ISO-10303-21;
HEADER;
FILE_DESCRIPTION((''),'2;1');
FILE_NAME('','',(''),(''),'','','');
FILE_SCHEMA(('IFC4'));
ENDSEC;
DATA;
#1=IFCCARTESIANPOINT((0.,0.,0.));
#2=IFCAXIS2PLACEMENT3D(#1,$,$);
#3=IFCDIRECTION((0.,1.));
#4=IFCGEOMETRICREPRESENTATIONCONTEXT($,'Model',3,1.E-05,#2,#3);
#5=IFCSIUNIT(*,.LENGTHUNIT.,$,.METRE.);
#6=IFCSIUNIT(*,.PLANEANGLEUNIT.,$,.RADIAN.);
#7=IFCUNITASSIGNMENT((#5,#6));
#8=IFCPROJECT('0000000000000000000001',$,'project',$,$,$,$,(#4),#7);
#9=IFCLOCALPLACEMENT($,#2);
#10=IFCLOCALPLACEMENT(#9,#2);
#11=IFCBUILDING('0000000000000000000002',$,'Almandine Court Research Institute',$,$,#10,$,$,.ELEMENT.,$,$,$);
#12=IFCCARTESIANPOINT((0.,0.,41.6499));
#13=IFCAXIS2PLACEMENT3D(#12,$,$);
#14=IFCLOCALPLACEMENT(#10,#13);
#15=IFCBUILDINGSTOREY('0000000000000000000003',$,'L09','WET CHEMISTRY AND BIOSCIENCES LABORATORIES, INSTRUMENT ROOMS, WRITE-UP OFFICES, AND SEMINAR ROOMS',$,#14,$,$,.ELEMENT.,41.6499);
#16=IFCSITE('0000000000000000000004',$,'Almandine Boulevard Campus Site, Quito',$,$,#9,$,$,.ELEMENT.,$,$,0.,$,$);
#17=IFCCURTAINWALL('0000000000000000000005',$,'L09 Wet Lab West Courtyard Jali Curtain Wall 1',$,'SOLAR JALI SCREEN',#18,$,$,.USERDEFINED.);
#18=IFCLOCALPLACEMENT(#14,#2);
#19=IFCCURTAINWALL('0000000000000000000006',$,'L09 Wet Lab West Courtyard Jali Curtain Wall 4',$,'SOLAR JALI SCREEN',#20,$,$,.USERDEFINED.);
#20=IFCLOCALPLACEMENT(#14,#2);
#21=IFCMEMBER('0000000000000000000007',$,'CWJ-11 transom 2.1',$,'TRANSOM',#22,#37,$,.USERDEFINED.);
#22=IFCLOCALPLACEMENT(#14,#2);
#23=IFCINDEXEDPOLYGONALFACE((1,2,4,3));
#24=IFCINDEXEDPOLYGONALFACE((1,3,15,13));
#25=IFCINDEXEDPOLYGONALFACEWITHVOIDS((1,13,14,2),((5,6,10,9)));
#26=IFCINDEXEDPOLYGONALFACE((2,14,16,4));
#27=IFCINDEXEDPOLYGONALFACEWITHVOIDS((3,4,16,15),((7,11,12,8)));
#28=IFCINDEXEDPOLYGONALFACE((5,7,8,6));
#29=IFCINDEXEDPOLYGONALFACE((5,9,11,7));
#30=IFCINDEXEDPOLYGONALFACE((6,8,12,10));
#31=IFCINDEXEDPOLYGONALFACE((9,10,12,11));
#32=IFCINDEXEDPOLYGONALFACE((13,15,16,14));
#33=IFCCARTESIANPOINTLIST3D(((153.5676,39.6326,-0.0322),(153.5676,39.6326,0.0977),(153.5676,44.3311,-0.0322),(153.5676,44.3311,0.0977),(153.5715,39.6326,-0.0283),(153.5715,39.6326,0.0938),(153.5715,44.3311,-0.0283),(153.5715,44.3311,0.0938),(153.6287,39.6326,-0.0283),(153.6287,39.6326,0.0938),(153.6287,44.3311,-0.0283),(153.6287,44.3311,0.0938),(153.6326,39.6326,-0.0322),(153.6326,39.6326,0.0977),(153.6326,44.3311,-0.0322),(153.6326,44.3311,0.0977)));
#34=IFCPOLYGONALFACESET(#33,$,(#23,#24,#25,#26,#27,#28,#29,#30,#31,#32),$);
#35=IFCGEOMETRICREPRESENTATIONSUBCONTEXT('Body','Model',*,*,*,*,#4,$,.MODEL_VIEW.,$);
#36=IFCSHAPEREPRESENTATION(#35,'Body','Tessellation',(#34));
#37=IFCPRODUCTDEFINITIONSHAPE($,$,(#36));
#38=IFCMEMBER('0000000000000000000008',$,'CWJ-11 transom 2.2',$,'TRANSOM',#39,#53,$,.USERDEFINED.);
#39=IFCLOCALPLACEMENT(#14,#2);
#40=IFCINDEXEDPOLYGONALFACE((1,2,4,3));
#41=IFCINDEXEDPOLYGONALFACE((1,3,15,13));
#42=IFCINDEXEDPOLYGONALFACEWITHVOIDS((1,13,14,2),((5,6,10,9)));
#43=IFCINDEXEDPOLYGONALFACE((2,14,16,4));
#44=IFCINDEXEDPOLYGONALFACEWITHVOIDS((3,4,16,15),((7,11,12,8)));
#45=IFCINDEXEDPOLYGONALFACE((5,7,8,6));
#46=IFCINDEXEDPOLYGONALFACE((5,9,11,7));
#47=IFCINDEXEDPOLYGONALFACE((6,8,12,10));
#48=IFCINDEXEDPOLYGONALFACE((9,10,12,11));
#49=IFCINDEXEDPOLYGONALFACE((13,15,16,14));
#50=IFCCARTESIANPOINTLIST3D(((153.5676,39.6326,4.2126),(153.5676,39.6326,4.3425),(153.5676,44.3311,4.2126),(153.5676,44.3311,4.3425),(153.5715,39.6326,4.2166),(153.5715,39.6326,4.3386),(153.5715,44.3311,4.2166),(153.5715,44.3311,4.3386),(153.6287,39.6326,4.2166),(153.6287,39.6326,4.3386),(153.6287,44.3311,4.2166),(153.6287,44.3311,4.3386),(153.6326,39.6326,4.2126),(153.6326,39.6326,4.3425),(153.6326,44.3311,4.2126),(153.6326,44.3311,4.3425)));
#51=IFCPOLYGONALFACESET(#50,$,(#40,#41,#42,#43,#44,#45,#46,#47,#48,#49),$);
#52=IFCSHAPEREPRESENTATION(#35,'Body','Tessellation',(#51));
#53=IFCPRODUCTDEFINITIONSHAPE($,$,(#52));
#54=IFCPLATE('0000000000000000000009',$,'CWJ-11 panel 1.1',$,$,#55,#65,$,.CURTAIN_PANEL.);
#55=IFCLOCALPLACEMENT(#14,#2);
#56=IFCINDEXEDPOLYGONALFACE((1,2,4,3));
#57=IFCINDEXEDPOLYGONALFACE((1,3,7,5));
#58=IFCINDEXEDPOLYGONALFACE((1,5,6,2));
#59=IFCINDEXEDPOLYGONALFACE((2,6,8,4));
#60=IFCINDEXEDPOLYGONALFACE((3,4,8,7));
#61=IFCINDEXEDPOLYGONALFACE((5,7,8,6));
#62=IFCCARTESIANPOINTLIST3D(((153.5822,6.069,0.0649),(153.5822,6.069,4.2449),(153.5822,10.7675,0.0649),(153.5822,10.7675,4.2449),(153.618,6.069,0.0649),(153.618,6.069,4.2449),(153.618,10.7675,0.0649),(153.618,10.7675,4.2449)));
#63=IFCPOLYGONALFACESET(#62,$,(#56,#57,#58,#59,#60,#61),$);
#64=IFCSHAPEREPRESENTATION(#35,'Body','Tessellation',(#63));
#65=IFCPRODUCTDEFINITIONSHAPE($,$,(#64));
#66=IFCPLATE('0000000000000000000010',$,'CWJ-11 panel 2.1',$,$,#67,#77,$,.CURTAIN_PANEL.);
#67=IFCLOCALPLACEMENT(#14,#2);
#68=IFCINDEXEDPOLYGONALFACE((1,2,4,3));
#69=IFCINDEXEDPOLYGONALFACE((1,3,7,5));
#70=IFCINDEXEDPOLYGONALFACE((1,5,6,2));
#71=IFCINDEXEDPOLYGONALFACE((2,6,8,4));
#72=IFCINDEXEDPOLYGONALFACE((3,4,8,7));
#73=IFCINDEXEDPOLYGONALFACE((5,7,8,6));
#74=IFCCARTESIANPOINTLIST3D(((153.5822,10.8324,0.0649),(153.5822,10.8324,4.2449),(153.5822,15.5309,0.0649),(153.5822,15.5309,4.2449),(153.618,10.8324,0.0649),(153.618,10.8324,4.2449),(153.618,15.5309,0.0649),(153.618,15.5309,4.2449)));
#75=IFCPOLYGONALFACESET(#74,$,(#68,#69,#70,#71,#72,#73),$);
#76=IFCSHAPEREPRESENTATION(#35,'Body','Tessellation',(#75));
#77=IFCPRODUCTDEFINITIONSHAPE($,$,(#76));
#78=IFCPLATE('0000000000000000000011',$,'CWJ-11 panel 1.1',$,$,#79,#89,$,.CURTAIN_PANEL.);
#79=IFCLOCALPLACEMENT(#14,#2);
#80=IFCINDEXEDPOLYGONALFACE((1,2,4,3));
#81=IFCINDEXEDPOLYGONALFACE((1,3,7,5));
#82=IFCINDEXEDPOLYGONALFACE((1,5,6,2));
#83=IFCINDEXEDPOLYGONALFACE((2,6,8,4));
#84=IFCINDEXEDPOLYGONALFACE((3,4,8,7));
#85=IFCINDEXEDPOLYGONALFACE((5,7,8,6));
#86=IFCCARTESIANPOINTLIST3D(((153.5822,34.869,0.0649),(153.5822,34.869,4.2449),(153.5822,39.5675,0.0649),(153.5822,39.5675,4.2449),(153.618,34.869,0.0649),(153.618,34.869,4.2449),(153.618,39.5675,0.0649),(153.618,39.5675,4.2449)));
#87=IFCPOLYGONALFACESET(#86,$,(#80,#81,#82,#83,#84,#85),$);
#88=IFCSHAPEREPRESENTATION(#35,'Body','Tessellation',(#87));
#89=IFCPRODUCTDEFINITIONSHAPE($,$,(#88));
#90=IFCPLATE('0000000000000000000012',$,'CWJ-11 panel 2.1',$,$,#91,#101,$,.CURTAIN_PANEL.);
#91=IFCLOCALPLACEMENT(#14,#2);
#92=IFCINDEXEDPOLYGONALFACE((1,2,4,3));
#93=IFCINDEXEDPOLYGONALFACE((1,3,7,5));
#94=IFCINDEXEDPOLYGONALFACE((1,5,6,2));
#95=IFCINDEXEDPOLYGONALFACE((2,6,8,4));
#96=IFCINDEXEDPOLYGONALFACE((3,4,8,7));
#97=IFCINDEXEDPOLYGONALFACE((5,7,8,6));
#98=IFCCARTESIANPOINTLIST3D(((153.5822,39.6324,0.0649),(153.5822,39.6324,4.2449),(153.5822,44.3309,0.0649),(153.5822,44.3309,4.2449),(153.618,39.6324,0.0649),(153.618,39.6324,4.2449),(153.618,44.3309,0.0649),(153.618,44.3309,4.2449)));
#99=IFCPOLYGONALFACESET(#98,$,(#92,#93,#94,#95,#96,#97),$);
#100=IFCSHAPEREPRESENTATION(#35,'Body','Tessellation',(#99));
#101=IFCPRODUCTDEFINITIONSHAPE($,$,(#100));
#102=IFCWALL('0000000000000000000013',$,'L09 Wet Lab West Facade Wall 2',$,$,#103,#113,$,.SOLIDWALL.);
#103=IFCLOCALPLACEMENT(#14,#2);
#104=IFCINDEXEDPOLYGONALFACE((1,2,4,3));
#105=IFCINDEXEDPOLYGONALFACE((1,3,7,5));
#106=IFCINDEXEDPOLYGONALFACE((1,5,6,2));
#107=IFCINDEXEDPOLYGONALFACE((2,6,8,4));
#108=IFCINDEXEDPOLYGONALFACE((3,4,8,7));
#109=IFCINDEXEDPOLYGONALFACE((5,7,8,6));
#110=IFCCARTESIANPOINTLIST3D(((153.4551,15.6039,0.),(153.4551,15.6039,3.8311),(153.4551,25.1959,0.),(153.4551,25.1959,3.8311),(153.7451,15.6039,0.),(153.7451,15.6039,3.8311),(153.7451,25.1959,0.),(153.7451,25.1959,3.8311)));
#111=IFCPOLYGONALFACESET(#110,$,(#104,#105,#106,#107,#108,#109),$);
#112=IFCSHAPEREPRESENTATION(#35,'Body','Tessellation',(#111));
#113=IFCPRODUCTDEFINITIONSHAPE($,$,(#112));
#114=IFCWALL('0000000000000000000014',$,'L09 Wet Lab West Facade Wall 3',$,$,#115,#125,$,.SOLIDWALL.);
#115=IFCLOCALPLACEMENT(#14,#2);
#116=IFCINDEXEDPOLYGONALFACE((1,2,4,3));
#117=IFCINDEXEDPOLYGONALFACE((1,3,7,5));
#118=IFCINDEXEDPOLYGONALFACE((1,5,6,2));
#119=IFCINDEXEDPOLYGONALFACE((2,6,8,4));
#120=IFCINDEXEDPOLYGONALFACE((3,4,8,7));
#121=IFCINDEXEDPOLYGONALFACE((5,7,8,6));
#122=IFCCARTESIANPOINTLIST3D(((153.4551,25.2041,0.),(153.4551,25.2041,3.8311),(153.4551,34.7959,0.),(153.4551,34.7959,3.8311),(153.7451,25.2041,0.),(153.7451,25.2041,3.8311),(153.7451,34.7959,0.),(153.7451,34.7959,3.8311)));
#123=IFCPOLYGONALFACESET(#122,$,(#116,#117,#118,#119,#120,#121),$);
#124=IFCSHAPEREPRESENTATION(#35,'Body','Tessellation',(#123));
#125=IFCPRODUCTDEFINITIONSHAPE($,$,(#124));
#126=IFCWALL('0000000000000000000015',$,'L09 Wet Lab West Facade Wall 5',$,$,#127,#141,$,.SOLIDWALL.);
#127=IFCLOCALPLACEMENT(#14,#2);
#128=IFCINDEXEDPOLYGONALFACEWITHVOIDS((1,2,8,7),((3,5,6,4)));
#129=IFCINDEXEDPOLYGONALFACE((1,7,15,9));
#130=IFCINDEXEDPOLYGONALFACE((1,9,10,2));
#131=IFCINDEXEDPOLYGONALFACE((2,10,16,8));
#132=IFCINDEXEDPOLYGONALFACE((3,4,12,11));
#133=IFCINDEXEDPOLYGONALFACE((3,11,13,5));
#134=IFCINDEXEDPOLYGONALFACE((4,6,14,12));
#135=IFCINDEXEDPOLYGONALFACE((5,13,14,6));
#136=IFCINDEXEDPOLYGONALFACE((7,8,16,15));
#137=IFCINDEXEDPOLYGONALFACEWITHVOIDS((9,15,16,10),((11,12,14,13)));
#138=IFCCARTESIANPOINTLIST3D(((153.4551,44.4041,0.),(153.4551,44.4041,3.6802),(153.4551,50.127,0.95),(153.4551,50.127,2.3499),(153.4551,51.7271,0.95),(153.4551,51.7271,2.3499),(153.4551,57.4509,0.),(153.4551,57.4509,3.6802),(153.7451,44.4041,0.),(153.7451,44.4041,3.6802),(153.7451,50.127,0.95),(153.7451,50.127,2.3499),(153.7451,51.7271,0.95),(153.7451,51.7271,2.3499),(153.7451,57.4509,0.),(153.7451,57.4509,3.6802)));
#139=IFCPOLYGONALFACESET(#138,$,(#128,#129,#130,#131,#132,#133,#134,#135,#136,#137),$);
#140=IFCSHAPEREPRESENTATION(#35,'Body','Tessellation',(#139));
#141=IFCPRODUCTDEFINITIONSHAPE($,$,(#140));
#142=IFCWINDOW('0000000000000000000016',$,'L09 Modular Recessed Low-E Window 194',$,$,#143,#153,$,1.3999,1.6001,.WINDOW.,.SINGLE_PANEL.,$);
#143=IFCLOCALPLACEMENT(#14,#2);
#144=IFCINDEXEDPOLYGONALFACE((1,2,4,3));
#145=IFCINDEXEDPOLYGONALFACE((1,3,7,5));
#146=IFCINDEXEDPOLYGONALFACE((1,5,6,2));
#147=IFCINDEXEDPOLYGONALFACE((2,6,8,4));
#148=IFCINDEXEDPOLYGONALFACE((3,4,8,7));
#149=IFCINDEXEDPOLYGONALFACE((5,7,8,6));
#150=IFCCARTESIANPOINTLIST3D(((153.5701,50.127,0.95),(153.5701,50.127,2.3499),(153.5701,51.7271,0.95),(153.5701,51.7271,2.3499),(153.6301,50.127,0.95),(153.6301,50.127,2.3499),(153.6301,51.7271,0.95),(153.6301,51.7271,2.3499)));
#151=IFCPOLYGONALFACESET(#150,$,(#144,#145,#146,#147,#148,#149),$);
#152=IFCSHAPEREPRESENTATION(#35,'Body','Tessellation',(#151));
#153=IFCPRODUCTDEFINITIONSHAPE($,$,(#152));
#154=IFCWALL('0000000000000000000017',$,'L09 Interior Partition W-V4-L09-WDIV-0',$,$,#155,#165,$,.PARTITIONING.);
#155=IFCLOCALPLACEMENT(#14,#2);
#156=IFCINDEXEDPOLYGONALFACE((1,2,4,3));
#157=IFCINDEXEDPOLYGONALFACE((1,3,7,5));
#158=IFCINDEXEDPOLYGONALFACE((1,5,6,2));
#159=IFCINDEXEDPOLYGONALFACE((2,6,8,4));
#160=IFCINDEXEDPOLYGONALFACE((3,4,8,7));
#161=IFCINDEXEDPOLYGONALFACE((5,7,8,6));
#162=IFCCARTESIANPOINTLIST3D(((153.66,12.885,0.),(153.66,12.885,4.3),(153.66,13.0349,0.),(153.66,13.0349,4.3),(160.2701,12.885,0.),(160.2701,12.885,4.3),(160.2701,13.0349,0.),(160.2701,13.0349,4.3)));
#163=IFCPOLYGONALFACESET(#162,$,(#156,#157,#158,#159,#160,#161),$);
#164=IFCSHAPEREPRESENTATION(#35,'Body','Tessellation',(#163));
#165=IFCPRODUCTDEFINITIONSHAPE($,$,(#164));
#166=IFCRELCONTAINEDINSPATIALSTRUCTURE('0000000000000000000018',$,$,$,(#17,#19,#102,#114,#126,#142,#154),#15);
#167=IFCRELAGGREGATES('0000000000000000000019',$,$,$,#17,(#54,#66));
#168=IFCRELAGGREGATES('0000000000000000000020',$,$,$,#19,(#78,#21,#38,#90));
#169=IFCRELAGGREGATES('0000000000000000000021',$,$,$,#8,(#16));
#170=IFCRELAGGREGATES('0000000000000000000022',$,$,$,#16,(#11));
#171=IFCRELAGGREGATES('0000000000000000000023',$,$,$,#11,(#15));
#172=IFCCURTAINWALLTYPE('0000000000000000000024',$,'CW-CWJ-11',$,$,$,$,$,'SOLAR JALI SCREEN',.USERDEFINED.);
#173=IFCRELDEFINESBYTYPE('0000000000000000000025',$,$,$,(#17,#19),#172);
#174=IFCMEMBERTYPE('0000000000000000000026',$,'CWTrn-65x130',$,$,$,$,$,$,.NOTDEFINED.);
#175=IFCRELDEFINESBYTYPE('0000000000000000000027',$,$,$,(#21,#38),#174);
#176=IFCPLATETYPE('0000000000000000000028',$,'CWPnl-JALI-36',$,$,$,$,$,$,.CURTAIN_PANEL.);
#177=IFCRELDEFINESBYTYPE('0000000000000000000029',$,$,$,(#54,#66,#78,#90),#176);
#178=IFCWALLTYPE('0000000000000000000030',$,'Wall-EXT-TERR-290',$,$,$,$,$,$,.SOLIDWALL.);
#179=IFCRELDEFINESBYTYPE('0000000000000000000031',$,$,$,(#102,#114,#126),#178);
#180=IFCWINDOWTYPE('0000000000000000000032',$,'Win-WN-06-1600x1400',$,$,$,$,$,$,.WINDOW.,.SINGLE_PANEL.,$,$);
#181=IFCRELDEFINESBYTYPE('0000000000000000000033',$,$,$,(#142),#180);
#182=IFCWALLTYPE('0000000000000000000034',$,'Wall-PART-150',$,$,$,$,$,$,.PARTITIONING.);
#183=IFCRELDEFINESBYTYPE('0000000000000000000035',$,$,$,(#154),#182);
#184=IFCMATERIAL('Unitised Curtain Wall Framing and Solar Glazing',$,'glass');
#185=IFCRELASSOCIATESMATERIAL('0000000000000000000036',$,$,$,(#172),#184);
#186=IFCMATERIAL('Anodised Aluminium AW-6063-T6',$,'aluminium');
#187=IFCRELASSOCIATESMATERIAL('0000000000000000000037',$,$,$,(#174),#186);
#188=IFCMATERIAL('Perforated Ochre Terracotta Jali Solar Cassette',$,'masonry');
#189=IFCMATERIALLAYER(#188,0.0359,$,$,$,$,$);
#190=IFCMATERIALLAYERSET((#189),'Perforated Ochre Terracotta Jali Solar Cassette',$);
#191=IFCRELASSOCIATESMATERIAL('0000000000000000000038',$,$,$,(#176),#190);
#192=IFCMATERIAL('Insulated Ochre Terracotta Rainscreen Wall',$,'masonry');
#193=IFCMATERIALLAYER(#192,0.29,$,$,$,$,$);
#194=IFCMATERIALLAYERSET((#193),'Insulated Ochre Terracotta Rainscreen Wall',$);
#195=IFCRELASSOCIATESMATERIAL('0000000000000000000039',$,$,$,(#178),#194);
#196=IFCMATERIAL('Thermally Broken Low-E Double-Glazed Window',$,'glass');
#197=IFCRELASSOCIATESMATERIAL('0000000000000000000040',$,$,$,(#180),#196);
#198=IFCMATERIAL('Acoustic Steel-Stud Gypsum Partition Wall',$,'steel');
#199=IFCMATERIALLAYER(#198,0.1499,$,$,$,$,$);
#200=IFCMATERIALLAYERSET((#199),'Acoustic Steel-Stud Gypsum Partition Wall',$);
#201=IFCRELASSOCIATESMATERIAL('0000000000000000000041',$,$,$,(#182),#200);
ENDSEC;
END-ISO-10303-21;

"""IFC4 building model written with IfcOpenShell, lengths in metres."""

from ifc_helpers import new_model, si_unit, direction, frame, frame_2d, origin, origin_2d, place, context, subcontext, project, spatial, rectangle, hollow_rectangle, extrude, material, layer, layer_set, material_profile, profile_set, type_object, element, fill, aggregate, save


model = new_model("IFC4")

# Units and contexts
model_context = context("Model", 3, precision=1e-05, world=origin(), true_north=direction((0.0, 1.0)))
body_context = subcontext(model_context, "Body", "Model", "MODEL_VIEW")
ifc_project = project(units=[si_unit("LENGTHUNIT", "METRE"), si_unit("PLANEANGLEUNIT", "RADIAN")], contexts=[model_context])

# Site, building, storey
site_placement = place(None, origin())
site = spatial("IfcSite", under=ifc_project, at=site_placement, Name="Almandine Boulevard Campus Site, Quito", CompositionType="ELEMENT", RefElevation=0.0)
building_placement = place(site_placement, origin())
building = spatial("IfcBuilding", under=site, at=building_placement, Name="Almandine Court Research Institute", CompositionType="ELEMENT")
storey_placement = place(building_placement, frame((0.0, 0.0, 41.6499)))
storey = spatial("IfcBuildingStorey", under=building, at=storey_placement, Name="L09", Description="WET CHEMISTRY AND BIOSCIENCES LABORATORIES, INSTRUMENT ROOMS, WRITE-UP OFFICES, AND SEMINAR ROOMS", CompositionType="ELEMENT", Elevation=41.6499)

# Curtain walls
ifc_material_1 = material(Name="Unitised Curtain Wall Framing and Solar Glazing", Category="glass")
curtain_wall_type = type_object("IfcCurtainWallType", Name="CW-CWJ-11", ElementType="SOLAR JALI SCREEN", PredefinedType="USERDEFINED", material=ifc_material_1)
curtain_wall_1_placement = place(storey_placement, origin())
curtain_wall_1 = element("IfcCurtainWall", 1, at=curtain_wall_1_placement, inside=storey, type_object=curtain_wall_type, Name="L09 Wet Lab West Courtyard Jali Curtain Wall 1", ObjectType="SOLAR JALI SCREEN", PredefinedType="USERDEFINED")
ifc_material_2 = material(Name="Anodised Aluminium AW-6063-T6", Category="aluminium")
curtain_wall_2_placement = place(storey_placement, origin())
curtain_wall_2 = element("IfcCurtainWall", 2, at=curtain_wall_2_placement, inside=storey, type_object=curtain_wall_type, Name="L09 Wet Lab West Courtyard Jali Curtain Wall 4", ObjectType="SOLAR JALI SCREEN", PredefinedType="USERDEFINED")

# Members
ifc_material_profile_1 = material_profile(ifc_material_2, hollow_rectangle(XDim=0.0649, YDim=0.1299, WallThickness=0.0039, at=origin_2d()), Name="ALU RHS 65x130x4")
ifc_profile_set_1 = profile_set([ifc_material_profile_1], Name="Anodised Aluminium AW-6063-T6")
member_type_1 = type_object("IfcMemberType", Name="CWTrn-65x130", PredefinedType="NOTDEFINED", material=ifc_profile_set_1)
member_1_placement = place(storey_placement, frame((153.6001, 39.6326, 0.0327), z_axis=(0.0, 1.0, 0.0), x_axis=(-1.0, 0.0, 0.0)))
member_1 = element("IfcMember", 3, at=member_1_placement, type_object=member_type_1, Name="CWJ-11 transom 2.1", ObjectType="TRANSOM", PredefinedType="USERDEFINED", context=body_context, shape_type="SweptSolid", body=[
    extrude(hollow_rectangle(XDim=0.0649, YDim=0.1299, WallThickness=0.0039, at=origin_2d()), origin(), (0.0, 0.0, 1.0), 4.6985),
])
member_2_placement = place(storey_placement, frame((153.6001, 39.6326, 4.2776), z_axis=(0.0, 1.0, 0.0), x_axis=(-1.0, 0.0, 0.0)))
member_2 = element("IfcMember", 4, at=member_2_placement, type_object=member_type_1, Name="CWJ-11 transom 2.2", ObjectType="TRANSOM", PredefinedType="USERDEFINED", context=body_context, shape_type="SweptSolid", body=[
    extrude(hollow_rectangle(XDim=0.0649, YDim=0.1299, WallThickness=0.0039, at=origin_2d()), origin(), (0.0, 0.0, 1.0), 4.6985),
])

# Plates
ifc_material_3 = material(Name="Perforated Ochre Terracotta Jali Solar Cassette", Category="masonry")
ifc_layer_1 = layer(ifc_material_3, 0.0359)
ifc_layer_set_1 = layer_set([ifc_layer_1], Name="Perforated Ochre Terracotta Jali Solar Cassette")
plate_type = type_object("IfcPlateType", Name="CWPnl-JALI-36", PredefinedType="CURTAIN_PANEL", material=ifc_layer_set_1)
plate_1_placement = place(storey_placement, frame((153.6001, 8.4182, 0.0649), z_axis=(0.0, 0.0, 1.0), x_axis=(0.0, 1.0, 0.0)))
plate_1 = element("IfcPlate", 5, at=plate_1_placement, type_object=plate_type, Name="CWJ-11 panel 1.1", PredefinedType="CURTAIN_PANEL", context=body_context, shape_type="SweptSolid", body=[
    extrude(rectangle(XDim=4.6985, YDim=0.0359, at=origin_2d()), origin(), (0.0, 0.0, 1.0), 4.1799),
])
plate_2_placement = place(storey_placement, frame((153.6001, 13.1816, 0.0649), z_axis=(0.0, 0.0, 1.0), x_axis=(0.0, 1.0, 0.0)))
plate_2 = element("IfcPlate", 6, at=plate_2_placement, type_object=plate_type, Name="CWJ-11 panel 2.1", PredefinedType="CURTAIN_PANEL", context=body_context, shape_type="SweptSolid", body=[
    extrude(rectangle(XDim=4.6985, YDim=0.0359, at=origin_2d()), origin(), (0.0, 0.0, 1.0), 4.1799),
])
aggregate(curtain_wall_1, [plate_1, plate_2])
plate_3_placement = place(storey_placement, frame((153.6001, 37.2183, 0.0649), z_axis=(0.0, 0.0, 1.0), x_axis=(0.0, 1.0, 0.0)))
plate_3 = element("IfcPlate", 7, at=plate_3_placement, type_object=plate_type, Name="CWJ-11 panel 1.1", PredefinedType="CURTAIN_PANEL", context=body_context, shape_type="SweptSolid", body=[
    extrude(rectangle(XDim=4.6985, YDim=0.0359, at=origin_2d()), origin(), (0.0, 0.0, 1.0), 4.1799),
])
plate_4_placement = place(storey_placement, frame((153.6001, 41.9817, 0.0649), z_axis=(0.0, 0.0, 1.0), x_axis=(0.0, 1.0, 0.0)))
plate_4 = element("IfcPlate", 8, at=plate_4_placement, type_object=plate_type, Name="CWJ-11 panel 2.1", PredefinedType="CURTAIN_PANEL", context=body_context, shape_type="SweptSolid", body=[
    extrude(rectangle(XDim=4.6985, YDim=0.0359, at=origin_2d()), origin(), (0.0, 0.0, 1.0), 4.1799),
])
aggregate(curtain_wall_2, [plate_3, member_1, member_2, plate_4])

# Walls
ifc_material_4 = material(Name="Insulated Ochre Terracotta Rainscreen Wall", Category="masonry")
ifc_layer_2 = layer(ifc_material_4, 0.29)
ifc_layer_set_2 = layer_set([ifc_layer_2], Name="Insulated Ochre Terracotta Rainscreen Wall")
wall_type_1 = type_object("IfcWallType", Name="Wall-EXT-TERR-290", PredefinedType="SOLIDWALL", material=ifc_layer_set_2)
wall_1_placement = place(storey_placement, frame((153.6001, 15.604, 0.0), z_axis=(0.0, 0.0, 1.0), x_axis=(0.0, 1.0, 0.0)))
element("IfcWall", 9, at=wall_1_placement, inside=storey, type_object=wall_type_1, Name="L09 Wet Lab West Facade Wall 2", PredefinedType="SOLIDWALL", context=body_context, shape_type="SweptSolid", body=[
    extrude(rectangle(XDim=9.592, YDim=0.29, at=frame_2d((4.7959, 0.0))), origin(), (0.0, 0.0, 1.0), 3.8311),
])
wall_2_placement = place(storey_placement, frame((153.6001, 25.2041, 0.0), z_axis=(0.0, 0.0, 1.0), x_axis=(0.0, 1.0, 0.0)))
element("IfcWall", 10, at=wall_2_placement, inside=storey, type_object=wall_type_1, Name="L09 Wet Lab West Facade Wall 3", PredefinedType="SOLIDWALL", context=body_context, shape_type="SweptSolid", body=[
    extrude(rectangle(XDim=9.5918, YDim=0.29, at=frame_2d((4.7959, 0.0))), origin(), (0.0, 0.0, 1.0), 3.8311),
])

# Wall, opening, window
wall_3_placement = place(storey_placement, frame((153.6001, 44.4041, 0.0), z_axis=(0.0, 0.0, 1.0), x_axis=(0.0, 1.0, 0.0)))
wall_3 = element("IfcWall", 11, at=wall_3_placement, inside=storey, type_object=wall_type_1, Name="L09 Wet Lab West Facade Wall 5", PredefinedType="SOLIDWALL", context=body_context, shape_type="SweptSolid", body=[
    extrude(rectangle(XDim=13.0469, YDim=0.29, at=frame_2d((6.5234, 0.0))), origin(), (0.0, 0.0, 1.0), 3.6802),
])
opening_placement = place(wall_3_placement, frame((5.7229, 0.0, 0.95)))
opening = element("IfcOpeningElement", 12, at=opening_placement, cuts=wall_3, PredefinedType="OPENING", context=body_context, shape_type="SweptSolid", body=[
    extrude(rectangle(XDim=1.6001, YDim=1.3999, at=frame_2d((0.8, 0.7))), frame((0.0, 0.155, 0.0), z_axis=(0.0, -1.0, 0.0), x_axis=(1.0, 0.0, 0.0)), (0.0, 0.0, 1.0), 0.3101),
])
ifc_material_5 = material(Name="Thermally Broken Low-E Double-Glazed Window", Category="glass")
window_type = type_object("IfcWindowType", Name="Win-WN-06-1600x1400", PartitioningType="SINGLE_PANEL", PredefinedType="WINDOW", material=ifc_material_5)
window_placement = place(opening_placement, origin())
window = element("IfcWindow", 13, at=window_placement, inside=storey, type_object=window_type, Name="L09 Modular Recessed Low-E Window 194", OverallHeight=1.3999, OverallWidth=1.6001, PartitioningType="SINGLE_PANEL", PredefinedType="WINDOW", context=body_context, shape_type="SweptSolid", body=[
    extrude(rectangle(XDim=1.6001, YDim=1.3999, at=frame_2d((0.8, 0.7))), frame((0.0, 0.03, 0.0), z_axis=(0.0, -1.0, 0.0), x_axis=(1.0, 0.0, 0.0)), (0.0, 0.0, 1.0), 0.0601),
])
fill(opening, window)

# Wall
ifc_material_6 = material(Name="Acoustic Steel-Stud Gypsum Partition Wall", Category="steel")
ifc_layer_3 = layer(ifc_material_6, 0.1499)
ifc_layer_set_3 = layer_set([ifc_layer_3], Name="Acoustic Steel-Stud Gypsum Partition Wall")
wall_type_2 = type_object("IfcWallType", Name="Wall-PART-150", PredefinedType="PARTITIONING", material=ifc_layer_set_3)
wall_4_placement = place(storey_placement, frame((153.6599, 12.96, 0.0), z_axis=(0.0, 0.0, 1.0), x_axis=(1.0, 0.0, 0.0)))
element("IfcWall", 14, at=wall_4_placement, inside=storey, type_object=wall_type_2, Name="L09 Interior Partition W-V4-L09-WDIV-0", PredefinedType="PARTITIONING", context=body_context, shape_type="SweptSolid", body=[
    extrude(rectangle(XDim=6.6101, YDim=0.1499, at=frame_2d((3.3052, 0.0))), origin(), (0.0, 0.0, 1.0), 4.3),
])

save(model, "model.ifc")
